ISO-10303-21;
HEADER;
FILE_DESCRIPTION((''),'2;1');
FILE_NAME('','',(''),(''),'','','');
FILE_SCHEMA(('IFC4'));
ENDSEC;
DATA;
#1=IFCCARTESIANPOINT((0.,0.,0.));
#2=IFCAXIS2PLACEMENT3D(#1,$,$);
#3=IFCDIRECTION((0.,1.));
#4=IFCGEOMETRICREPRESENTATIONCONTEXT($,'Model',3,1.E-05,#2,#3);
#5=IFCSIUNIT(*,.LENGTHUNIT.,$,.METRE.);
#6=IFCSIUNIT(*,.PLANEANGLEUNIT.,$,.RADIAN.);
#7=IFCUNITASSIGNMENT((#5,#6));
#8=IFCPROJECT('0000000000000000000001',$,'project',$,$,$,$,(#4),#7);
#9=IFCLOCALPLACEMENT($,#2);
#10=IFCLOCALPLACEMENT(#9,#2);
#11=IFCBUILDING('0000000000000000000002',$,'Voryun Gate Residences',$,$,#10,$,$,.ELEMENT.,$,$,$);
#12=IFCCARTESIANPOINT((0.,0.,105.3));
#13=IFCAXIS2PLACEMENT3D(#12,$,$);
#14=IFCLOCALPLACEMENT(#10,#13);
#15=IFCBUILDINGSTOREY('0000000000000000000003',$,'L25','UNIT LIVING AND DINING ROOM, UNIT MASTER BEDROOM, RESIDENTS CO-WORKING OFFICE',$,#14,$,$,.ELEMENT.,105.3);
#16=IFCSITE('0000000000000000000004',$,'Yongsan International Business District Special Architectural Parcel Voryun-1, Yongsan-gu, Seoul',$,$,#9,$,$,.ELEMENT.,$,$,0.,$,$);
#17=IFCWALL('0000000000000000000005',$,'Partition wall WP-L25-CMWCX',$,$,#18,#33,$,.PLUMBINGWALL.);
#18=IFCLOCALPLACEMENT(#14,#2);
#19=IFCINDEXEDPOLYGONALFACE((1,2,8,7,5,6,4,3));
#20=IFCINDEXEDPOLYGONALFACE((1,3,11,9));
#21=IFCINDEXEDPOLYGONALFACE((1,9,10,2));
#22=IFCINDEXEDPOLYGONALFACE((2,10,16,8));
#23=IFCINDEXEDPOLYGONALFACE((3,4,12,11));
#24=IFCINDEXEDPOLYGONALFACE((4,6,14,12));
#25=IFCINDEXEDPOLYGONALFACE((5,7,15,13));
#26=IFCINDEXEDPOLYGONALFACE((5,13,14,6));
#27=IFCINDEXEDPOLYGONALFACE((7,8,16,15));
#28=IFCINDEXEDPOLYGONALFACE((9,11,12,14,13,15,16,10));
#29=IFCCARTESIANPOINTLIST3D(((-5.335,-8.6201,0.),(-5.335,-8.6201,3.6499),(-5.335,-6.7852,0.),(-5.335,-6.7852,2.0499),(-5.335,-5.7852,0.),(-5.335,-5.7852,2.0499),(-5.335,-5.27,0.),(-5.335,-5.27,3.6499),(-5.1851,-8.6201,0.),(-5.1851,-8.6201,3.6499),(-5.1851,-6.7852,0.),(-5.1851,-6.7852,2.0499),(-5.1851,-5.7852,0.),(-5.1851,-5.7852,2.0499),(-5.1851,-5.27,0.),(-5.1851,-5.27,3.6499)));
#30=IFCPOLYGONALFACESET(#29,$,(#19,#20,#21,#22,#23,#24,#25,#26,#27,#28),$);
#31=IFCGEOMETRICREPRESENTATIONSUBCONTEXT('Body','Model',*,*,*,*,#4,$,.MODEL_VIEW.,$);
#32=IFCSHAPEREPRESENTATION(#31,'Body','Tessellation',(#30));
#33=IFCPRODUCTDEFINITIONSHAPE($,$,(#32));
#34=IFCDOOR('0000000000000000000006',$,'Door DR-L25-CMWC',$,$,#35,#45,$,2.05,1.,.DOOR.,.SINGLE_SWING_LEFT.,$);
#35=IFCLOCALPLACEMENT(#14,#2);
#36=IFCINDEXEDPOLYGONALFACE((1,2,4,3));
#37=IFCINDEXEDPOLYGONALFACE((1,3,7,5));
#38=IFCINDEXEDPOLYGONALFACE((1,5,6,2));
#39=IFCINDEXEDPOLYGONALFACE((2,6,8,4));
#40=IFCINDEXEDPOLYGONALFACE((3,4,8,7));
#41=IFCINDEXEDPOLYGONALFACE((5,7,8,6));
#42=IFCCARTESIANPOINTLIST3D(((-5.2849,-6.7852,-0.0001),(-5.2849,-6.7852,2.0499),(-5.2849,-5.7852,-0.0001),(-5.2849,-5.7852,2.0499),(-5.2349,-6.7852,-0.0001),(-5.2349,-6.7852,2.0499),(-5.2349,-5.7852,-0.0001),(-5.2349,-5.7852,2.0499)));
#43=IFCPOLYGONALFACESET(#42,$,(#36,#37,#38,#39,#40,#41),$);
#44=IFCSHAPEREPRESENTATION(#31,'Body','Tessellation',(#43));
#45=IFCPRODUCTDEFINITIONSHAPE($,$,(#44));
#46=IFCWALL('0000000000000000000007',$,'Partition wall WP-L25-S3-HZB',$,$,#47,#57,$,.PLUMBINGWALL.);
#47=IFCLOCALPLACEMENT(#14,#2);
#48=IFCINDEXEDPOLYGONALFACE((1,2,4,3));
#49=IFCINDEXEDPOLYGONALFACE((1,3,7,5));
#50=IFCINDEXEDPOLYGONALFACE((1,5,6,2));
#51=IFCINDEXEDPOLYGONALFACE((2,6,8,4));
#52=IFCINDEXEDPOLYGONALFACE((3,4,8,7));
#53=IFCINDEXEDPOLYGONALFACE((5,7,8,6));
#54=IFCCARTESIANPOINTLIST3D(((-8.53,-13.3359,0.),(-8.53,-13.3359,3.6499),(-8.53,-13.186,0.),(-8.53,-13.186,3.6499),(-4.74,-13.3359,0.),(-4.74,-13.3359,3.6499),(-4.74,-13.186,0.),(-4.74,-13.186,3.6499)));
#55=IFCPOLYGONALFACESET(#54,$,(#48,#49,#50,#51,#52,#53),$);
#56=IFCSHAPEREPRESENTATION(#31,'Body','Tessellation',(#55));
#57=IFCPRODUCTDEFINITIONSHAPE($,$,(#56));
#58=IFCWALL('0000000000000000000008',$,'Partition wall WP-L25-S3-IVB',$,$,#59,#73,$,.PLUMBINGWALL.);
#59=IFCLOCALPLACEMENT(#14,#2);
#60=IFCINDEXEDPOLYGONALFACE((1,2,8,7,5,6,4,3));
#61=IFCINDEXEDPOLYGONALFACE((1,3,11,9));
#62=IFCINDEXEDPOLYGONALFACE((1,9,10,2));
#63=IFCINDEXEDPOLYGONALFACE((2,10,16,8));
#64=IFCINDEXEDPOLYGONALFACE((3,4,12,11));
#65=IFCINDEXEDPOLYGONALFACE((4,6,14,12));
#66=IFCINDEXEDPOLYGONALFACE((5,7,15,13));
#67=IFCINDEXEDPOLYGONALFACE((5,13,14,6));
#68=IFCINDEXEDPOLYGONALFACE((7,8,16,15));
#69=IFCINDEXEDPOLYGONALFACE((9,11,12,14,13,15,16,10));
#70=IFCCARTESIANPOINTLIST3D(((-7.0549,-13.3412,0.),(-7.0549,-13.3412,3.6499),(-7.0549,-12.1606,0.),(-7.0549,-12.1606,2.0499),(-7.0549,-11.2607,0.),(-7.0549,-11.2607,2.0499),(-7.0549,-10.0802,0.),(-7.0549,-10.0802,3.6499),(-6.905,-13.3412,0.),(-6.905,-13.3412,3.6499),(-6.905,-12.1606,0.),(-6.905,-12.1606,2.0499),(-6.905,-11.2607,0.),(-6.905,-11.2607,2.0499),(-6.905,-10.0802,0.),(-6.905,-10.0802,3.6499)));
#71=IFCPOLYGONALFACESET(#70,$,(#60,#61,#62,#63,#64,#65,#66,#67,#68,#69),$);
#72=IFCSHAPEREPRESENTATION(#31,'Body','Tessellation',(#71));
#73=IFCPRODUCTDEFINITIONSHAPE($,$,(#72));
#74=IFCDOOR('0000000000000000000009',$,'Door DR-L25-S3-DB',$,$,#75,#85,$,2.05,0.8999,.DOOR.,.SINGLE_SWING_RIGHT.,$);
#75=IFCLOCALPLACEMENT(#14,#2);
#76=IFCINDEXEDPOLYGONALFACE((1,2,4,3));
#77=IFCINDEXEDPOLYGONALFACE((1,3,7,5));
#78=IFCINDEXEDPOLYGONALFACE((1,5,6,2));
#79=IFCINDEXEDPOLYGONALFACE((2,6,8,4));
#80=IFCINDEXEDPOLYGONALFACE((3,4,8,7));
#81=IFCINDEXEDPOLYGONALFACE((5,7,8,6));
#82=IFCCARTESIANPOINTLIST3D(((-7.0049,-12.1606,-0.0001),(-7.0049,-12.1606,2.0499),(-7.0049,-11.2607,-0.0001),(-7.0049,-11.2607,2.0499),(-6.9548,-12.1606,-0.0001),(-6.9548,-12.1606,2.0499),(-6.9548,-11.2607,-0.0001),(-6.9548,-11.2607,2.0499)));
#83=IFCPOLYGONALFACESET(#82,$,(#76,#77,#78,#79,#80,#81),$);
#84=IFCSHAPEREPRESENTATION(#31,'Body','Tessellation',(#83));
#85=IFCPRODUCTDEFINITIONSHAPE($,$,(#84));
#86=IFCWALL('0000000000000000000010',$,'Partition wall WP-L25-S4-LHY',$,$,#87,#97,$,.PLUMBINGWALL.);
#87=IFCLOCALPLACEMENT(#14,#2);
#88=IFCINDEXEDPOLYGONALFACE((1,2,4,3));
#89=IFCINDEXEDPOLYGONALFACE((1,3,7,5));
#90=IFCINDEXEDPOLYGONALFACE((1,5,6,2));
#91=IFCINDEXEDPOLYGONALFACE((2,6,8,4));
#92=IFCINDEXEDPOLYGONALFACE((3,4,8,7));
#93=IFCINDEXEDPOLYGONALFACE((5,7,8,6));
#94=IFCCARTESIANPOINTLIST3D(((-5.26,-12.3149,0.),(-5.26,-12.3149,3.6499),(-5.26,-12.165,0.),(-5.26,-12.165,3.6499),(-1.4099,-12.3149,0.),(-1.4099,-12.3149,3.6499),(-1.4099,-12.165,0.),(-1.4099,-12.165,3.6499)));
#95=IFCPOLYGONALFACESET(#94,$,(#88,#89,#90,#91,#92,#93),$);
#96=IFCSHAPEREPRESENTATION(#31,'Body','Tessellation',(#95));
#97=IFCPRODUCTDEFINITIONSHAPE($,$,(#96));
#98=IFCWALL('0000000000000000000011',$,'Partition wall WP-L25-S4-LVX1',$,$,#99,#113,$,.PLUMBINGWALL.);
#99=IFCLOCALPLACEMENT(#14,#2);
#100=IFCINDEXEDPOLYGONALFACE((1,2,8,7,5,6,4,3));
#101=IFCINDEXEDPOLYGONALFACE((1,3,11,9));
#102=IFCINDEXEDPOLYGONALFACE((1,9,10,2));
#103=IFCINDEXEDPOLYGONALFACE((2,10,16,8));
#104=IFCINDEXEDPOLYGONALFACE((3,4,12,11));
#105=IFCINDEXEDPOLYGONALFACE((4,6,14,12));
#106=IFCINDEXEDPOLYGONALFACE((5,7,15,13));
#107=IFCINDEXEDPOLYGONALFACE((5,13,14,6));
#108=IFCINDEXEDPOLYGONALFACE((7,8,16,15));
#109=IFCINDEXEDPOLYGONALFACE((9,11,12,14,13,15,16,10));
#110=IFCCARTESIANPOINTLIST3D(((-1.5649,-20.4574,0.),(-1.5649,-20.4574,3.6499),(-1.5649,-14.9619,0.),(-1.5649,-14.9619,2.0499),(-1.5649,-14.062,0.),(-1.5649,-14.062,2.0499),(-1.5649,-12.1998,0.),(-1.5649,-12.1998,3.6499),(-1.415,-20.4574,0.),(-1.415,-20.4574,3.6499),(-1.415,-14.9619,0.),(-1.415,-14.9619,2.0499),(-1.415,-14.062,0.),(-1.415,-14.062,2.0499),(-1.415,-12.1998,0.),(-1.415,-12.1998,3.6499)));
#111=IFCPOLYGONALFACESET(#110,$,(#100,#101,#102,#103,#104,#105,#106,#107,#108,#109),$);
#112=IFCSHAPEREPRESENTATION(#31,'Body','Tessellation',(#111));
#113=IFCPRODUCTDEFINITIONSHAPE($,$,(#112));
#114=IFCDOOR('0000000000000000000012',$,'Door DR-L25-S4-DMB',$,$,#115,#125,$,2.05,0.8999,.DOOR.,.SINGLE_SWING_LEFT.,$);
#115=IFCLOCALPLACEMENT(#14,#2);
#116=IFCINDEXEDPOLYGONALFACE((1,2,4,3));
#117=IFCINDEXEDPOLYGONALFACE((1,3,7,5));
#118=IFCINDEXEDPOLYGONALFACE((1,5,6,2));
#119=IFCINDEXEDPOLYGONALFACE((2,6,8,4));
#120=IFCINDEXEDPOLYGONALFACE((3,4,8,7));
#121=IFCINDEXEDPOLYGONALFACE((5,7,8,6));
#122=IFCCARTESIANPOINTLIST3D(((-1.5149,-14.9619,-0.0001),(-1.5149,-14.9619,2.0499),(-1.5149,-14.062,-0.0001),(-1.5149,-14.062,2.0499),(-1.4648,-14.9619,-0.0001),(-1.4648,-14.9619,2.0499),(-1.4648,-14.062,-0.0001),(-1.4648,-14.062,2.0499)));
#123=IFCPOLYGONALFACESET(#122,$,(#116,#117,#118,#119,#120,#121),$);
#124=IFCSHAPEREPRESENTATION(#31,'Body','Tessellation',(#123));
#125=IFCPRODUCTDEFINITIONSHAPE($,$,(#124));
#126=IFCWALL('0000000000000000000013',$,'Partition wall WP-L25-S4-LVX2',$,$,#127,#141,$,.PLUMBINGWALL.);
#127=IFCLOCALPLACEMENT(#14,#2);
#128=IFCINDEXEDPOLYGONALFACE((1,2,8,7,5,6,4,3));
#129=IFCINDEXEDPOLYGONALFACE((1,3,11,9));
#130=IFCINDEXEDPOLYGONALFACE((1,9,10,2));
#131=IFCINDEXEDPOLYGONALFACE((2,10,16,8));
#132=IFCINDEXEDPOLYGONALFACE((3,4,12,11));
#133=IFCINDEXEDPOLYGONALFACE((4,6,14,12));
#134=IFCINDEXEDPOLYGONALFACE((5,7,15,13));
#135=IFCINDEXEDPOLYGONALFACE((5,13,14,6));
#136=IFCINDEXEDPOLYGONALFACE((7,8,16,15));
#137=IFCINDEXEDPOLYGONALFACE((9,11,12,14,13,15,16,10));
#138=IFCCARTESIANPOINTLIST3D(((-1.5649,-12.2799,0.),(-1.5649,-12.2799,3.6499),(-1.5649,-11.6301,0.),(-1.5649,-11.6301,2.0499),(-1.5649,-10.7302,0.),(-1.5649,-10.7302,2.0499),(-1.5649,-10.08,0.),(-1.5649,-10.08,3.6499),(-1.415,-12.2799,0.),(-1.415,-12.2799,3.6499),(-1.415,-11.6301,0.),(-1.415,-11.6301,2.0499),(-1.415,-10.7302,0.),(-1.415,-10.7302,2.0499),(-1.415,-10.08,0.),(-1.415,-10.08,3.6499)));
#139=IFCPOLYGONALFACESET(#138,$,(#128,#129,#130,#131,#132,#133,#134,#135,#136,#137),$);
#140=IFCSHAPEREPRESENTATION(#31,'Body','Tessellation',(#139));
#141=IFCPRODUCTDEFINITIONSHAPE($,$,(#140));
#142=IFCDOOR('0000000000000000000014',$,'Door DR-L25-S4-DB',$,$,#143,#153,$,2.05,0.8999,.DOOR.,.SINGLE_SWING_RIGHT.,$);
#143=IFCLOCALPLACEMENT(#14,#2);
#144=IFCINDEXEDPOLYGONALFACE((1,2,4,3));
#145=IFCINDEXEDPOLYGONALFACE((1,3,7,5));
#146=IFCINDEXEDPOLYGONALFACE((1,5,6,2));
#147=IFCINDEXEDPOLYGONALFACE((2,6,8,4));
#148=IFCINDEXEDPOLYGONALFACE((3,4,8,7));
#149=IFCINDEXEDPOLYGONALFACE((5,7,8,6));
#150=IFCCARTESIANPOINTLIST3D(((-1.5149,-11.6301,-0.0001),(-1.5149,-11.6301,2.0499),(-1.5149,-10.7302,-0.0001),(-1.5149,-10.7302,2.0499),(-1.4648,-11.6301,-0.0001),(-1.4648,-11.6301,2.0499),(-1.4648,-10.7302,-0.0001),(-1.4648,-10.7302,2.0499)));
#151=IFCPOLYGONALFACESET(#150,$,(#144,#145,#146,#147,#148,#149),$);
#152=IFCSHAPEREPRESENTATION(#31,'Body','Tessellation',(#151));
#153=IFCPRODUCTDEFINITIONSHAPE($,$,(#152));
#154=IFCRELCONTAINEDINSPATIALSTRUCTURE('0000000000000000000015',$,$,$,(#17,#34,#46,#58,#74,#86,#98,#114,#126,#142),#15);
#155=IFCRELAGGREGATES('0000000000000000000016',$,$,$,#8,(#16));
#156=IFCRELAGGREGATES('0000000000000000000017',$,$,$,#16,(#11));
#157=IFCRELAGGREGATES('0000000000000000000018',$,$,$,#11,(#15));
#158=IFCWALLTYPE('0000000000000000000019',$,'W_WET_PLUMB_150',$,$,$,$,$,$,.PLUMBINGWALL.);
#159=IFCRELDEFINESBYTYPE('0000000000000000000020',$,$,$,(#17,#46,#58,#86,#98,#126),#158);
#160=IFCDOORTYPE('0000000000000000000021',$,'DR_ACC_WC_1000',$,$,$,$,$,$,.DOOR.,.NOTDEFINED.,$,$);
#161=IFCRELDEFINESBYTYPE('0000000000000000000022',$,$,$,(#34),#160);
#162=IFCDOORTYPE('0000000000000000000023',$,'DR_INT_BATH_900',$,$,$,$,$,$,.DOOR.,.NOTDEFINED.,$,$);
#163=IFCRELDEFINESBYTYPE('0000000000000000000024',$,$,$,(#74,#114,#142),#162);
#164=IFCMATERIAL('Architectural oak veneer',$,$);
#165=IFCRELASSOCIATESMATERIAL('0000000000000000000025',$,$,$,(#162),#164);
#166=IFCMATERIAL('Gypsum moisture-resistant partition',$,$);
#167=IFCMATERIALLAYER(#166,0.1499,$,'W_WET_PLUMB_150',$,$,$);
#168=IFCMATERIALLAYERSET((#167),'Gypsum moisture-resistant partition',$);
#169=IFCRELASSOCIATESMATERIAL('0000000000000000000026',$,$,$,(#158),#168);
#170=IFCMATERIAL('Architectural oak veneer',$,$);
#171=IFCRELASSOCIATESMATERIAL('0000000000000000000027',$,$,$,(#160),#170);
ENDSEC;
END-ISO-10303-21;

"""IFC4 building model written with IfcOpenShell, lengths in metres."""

from ifc_helpers import new_model, si_unit, direction, frame, frame_2d, origin, place, context, subcontext, project, spatial, rectangle, extrude, material, layer, layer_set, type_object, element, fill, save


model = new_model("IFC4")

# Units and contexts
model_context = context("Model", 3, precision=1e-05, world=origin(), true_north=direction((0.0, 1.0)))
body_context = subcontext(model_context, "Body", "Model", "MODEL_VIEW")
ifc_project = project(units=[si_unit("LENGTHUNIT", "METRE"), si_unit("PLANEANGLEUNIT", "RADIAN")], contexts=[model_context])

# Site, building, storey
site_placement = place(None, origin())
site = spatial("IfcSite", under=ifc_project, at=site_placement, Name="Yongsan International Business District Special Architectural Parcel Voryun-1, Yongsan-gu, Seoul", CompositionType="ELEMENT", RefElevation=0.0)
building_placement = place(site_placement, origin())
building = spatial("IfcBuilding", under=site, at=building_placement, Name="Voryun Gate Residences", CompositionType="ELEMENT")
storey_placement = place(building_placement, frame((0.0, 0.0, 105.3)))
storey = spatial("IfcBuildingStorey", under=building, at=storey_placement, Name="L25", Description="UNIT LIVING AND DINING ROOM, UNIT MASTER BEDROOM, RESIDENTS CO-WORKING OFFICE", CompositionType="ELEMENT", Elevation=105.3)

# Shared definitions
ifc_material_1 = material(Name="Architectural oak veneer")
door_type_1 = type_object("IfcDoorType", Name="DR_INT_BATH_900", OperationType="NOTDEFINED", PredefinedType="DOOR", material=ifc_material_1)

# Wall, opening, door
ifc_material_2 = material(Name="Gypsum moisture-resistant partition")
ifc_layer_1 = layer(ifc_material_2, 0.1499, Name="W_WET_PLUMB_150")
ifc_layer_set_1 = layer_set([ifc_layer_1], Name="Gypsum moisture-resistant partition")
wall_type_1 = type_object("IfcWallType", Name="W_WET_PLUMB_150", PredefinedType="PLUMBINGWALL", material=ifc_layer_set_1)
wall_1_placement = place(storey_placement, frame((-5.26, -8.6201, 0.0), z_axis=(0.0, 0.0, 1.0), x_axis=(0.0, 1.0, 0.0)))
wall_1 = element("IfcWall", 1, at=wall_1_placement, inside=storey, type_object=wall_type_1, Name="Partition wall WP-L25-CMWCX", PredefinedType="PLUMBINGWALL", context=body_context, shape_type="SweptSolid", body=[
    extrude(rectangle(XDim=3.3501, YDim=0.1499, at=frame_2d((1.675, 0.0))), origin(), (0.0, 0.0, 1.0), 3.6499),
])
opening_1_placement = place(wall_1_placement, frame((1.835, 0.0, 0.0)))
opening_1 = element("IfcOpeningElement", 2, at=opening_1_placement, cuts=wall_1, PredefinedType="OPENING", context=body_context, shape_type="SweptSolid", body=[
    extrude(rectangle(XDim=1.0, YDim=2.05, at=frame_2d((0.5, 1.0249))), frame((0.0, 0.085, 0.0), z_axis=(0.0, -1.0, 0.0), x_axis=(1.0, 0.0, 0.0)), (0.0, 0.0, 1.0), 0.1699),
])
ifc_material_3 = material(Name="Architectural oak veneer")
door_type_2 = type_object("IfcDoorType", Name="DR_ACC_WC_1000", OperationType="NOTDEFINED", PredefinedType="DOOR", material=ifc_material_3)
door_1_placement = place(opening_1_placement, origin())
door_1 = element("IfcDoor", 3, at=door_1_placement, inside=storey, type_object=door_type_2, Name="Door DR-L25-CMWC", OperationType="SINGLE_SWING_LEFT", OverallHeight=2.05, OverallWidth=1.0, PredefinedType="DOOR", context=body_context, shape_type="SweptSolid", body=[
    extrude(rectangle(XDim=1.0, YDim=2.05, at=frame_2d((0.5, 1.0249))), frame((0.0, 0.0249, 0.0), z_axis=(0.0, -1.0, 0.0), x_axis=(1.0, 0.0, 0.0)), (0.0, 0.0, 1.0), 0.05),
])
fill(opening_1, door_1)

# Wall
wall_2_placement = place(storey_placement, frame((-8.53, -13.261, 0.0), z_axis=(0.0, 0.0, 1.0), x_axis=(1.0, 0.0, 0.0)))
element("IfcWall", 4, at=wall_2_placement, inside=storey, type_object=wall_type_1, Name="Partition wall WP-L25-S3-HZB", PredefinedType="PLUMBINGWALL", context=body_context, shape_type="SweptSolid", body=[
    extrude(rectangle(XDim=3.79, YDim=0.1499, at=frame_2d((1.895, 0.0))), origin(), (0.0, 0.0, 1.0), 3.6499),
])

# Wall, opening, door
wall_3_placement = place(storey_placement, frame((-6.98, -13.3411, 0.0), z_axis=(0.0, 0.0, 1.0), x_axis=(0.0, 1.0, 0.0)))
wall_3 = element("IfcWall", 5, at=wall_3_placement, inside=storey, type_object=wall_type_1, Name="Partition wall WP-L25-S3-IVB", PredefinedType="PLUMBINGWALL", context=body_context, shape_type="SweptSolid", body=[
    extrude(rectangle(XDim=3.261, YDim=0.1499, at=frame_2d((1.6304, 0.0))), origin(), (0.0, 0.0, 1.0), 3.6499),
])
opening_2_placement = place(wall_3_placement, frame((1.1804, 0.0, 0.0)))
opening_2 = element("IfcOpeningElement", 6, at=opening_2_placement, cuts=wall_3, PredefinedType="OPENING", context=body_context, shape_type="SweptSolid", body=[
    extrude(rectangle(XDim=0.8999, YDim=2.05, at=frame_2d((0.45, 1.0249))), frame((0.0, 0.085, 0.0), z_axis=(0.0, -1.0, 0.0), x_axis=(1.0, 0.0, 0.0)), (0.0, 0.0, 1.0), 0.1699),
])
door_2_placement = place(opening_2_placement, origin())
door_2 = element("IfcDoor", 7, at=door_2_placement, inside=storey, type_object=door_type_1, Name="Door DR-L25-S3-DB", OperationType="SINGLE_SWING_RIGHT", OverallHeight=2.05, OverallWidth=0.8999, PredefinedType="DOOR", context=body_context, shape_type="SweptSolid", body=[
    extrude(rectangle(XDim=0.8999, YDim=2.05, at=frame_2d((0.45, 1.0249))), frame((0.0, 0.0249, 0.0), z_axis=(0.0, -1.0, 0.0), x_axis=(1.0, 0.0, 0.0)), (0.0, 0.0, 1.0), 0.05),
])
fill(opening_2, door_2)

# Wall
wall_4_placement = place(storey_placement, frame((-5.26, -12.24, 0.0), z_axis=(0.0, 0.0, 1.0), x_axis=(1.0, 0.0, 0.0)))
element("IfcWall", 8, at=wall_4_placement, inside=storey, type_object=wall_type_1, Name="Partition wall WP-L25-S4-LHY", PredefinedType="PLUMBINGWALL", context=body_context, shape_type="SweptSolid", body=[
    extrude(rectangle(XDim=3.8501, YDim=0.1499, at=frame_2d((1.925, 0.0))), origin(), (0.0, 0.0, 1.0), 3.6499),
])

# Walls, openings, doors
wall_5_placement = place(storey_placement, frame((-1.49, -20.4575, 0.0), z_axis=(0.0, 0.0, 1.0), x_axis=(0.0, 1.0, 0.0)))
wall_5 = element("IfcWall", 9, at=wall_5_placement, inside=storey, type_object=wall_type_1, Name="Partition wall WP-L25-S4-LVX1", PredefinedType="PLUMBINGWALL", context=body_context, shape_type="SweptSolid", body=[
    extrude(rectangle(XDim=8.2576, YDim=0.1499, at=frame_2d((4.1289, 0.0))), origin(), (0.0, 0.0, 1.0), 3.6499),
])
opening_3_placement = place(wall_5_placement, frame((5.4956, 0.0, 0.0)))
opening_3 = element("IfcOpeningElement", 10, at=opening_3_placement, cuts=wall_5, PredefinedType="OPENING", context=body_context, shape_type="SweptSolid", body=[
    extrude(rectangle(XDim=0.8999, YDim=2.05, at=frame_2d((0.45, 1.0249))), frame((0.0, 0.085, 0.0), z_axis=(0.0, -1.0, 0.0), x_axis=(1.0, 0.0, 0.0)), (0.0, 0.0, 1.0), 0.1699),
])
door_3_placement = place(opening_3_placement, origin())
door_3 = element("IfcDoor", 11, at=door_3_placement, inside=storey, type_object=door_type_1, Name="Door DR-L25-S4-DMB", OperationType="SINGLE_SWING_LEFT", OverallHeight=2.05, OverallWidth=0.8999, PredefinedType="DOOR", context=body_context, shape_type="SweptSolid", body=[
    extrude(rectangle(XDim=0.8999, YDim=2.05, at=frame_2d((0.45, 1.0249))), frame((0.0, 0.0249, 0.0), z_axis=(0.0, -1.0, 0.0), x_axis=(1.0, 0.0, 0.0)), (0.0, 0.0, 1.0), 0.05),
])
fill(opening_3, door_3)
wall_6_placement = place(storey_placement, frame((-1.49, -12.28, 0.0), z_axis=(0.0, 0.0, 1.0), x_axis=(0.0, 1.0, 0.0)))
wall_6 = element("IfcWall", 12, at=wall_6_placement, inside=storey, type_object=wall_type_1, Name="Partition wall WP-L25-S4-LVX2", PredefinedType="PLUMBINGWALL", context=body_context, shape_type="SweptSolid", body=[
    extrude(rectangle(XDim=2.2, YDim=0.1499, at=frame_2d((1.1001, 0.0))), origin(), (0.0, 0.0, 1.0), 3.6499),
])
opening_4_placement = place(wall_6_placement, frame((0.6499, 0.0, 0.0)))
opening_4 = element("IfcOpeningElement", 13, at=opening_4_placement, cuts=wall_6, PredefinedType="OPENING", context=body_context, shape_type="SweptSolid", body=[
    extrude(rectangle(XDim=0.8999, YDim=2.05, at=frame_2d((0.45, 1.0249))), frame((0.0, 0.085, 0.0), z_axis=(0.0, -1.0, 0.0), x_axis=(1.0, 0.0, 0.0)), (0.0, 0.0, 1.0), 0.1699),
])
door_4_placement = place(opening_4_placement, origin())
door_4 = element("IfcDoor", 14, at=door_4_placement, inside=storey, type_object=door_type_1, Name="Door DR-L25-S4-DB", OperationType="SINGLE_SWING_RIGHT", OverallHeight=2.05, OverallWidth=0.8999, PredefinedType="DOOR", context=body_context, shape_type="SweptSolid", body=[
    extrude(rectangle(XDim=0.8999, YDim=2.05, at=frame_2d((0.45, 1.0249))), frame((0.0, 0.0249, 0.0), z_axis=(0.0, -1.0, 0.0), x_axis=(1.0, 0.0, 0.0)), (0.0, 0.0, 1.0), 0.05),
])
fill(opening_4, door_4)

save(model, "model.ifc")
